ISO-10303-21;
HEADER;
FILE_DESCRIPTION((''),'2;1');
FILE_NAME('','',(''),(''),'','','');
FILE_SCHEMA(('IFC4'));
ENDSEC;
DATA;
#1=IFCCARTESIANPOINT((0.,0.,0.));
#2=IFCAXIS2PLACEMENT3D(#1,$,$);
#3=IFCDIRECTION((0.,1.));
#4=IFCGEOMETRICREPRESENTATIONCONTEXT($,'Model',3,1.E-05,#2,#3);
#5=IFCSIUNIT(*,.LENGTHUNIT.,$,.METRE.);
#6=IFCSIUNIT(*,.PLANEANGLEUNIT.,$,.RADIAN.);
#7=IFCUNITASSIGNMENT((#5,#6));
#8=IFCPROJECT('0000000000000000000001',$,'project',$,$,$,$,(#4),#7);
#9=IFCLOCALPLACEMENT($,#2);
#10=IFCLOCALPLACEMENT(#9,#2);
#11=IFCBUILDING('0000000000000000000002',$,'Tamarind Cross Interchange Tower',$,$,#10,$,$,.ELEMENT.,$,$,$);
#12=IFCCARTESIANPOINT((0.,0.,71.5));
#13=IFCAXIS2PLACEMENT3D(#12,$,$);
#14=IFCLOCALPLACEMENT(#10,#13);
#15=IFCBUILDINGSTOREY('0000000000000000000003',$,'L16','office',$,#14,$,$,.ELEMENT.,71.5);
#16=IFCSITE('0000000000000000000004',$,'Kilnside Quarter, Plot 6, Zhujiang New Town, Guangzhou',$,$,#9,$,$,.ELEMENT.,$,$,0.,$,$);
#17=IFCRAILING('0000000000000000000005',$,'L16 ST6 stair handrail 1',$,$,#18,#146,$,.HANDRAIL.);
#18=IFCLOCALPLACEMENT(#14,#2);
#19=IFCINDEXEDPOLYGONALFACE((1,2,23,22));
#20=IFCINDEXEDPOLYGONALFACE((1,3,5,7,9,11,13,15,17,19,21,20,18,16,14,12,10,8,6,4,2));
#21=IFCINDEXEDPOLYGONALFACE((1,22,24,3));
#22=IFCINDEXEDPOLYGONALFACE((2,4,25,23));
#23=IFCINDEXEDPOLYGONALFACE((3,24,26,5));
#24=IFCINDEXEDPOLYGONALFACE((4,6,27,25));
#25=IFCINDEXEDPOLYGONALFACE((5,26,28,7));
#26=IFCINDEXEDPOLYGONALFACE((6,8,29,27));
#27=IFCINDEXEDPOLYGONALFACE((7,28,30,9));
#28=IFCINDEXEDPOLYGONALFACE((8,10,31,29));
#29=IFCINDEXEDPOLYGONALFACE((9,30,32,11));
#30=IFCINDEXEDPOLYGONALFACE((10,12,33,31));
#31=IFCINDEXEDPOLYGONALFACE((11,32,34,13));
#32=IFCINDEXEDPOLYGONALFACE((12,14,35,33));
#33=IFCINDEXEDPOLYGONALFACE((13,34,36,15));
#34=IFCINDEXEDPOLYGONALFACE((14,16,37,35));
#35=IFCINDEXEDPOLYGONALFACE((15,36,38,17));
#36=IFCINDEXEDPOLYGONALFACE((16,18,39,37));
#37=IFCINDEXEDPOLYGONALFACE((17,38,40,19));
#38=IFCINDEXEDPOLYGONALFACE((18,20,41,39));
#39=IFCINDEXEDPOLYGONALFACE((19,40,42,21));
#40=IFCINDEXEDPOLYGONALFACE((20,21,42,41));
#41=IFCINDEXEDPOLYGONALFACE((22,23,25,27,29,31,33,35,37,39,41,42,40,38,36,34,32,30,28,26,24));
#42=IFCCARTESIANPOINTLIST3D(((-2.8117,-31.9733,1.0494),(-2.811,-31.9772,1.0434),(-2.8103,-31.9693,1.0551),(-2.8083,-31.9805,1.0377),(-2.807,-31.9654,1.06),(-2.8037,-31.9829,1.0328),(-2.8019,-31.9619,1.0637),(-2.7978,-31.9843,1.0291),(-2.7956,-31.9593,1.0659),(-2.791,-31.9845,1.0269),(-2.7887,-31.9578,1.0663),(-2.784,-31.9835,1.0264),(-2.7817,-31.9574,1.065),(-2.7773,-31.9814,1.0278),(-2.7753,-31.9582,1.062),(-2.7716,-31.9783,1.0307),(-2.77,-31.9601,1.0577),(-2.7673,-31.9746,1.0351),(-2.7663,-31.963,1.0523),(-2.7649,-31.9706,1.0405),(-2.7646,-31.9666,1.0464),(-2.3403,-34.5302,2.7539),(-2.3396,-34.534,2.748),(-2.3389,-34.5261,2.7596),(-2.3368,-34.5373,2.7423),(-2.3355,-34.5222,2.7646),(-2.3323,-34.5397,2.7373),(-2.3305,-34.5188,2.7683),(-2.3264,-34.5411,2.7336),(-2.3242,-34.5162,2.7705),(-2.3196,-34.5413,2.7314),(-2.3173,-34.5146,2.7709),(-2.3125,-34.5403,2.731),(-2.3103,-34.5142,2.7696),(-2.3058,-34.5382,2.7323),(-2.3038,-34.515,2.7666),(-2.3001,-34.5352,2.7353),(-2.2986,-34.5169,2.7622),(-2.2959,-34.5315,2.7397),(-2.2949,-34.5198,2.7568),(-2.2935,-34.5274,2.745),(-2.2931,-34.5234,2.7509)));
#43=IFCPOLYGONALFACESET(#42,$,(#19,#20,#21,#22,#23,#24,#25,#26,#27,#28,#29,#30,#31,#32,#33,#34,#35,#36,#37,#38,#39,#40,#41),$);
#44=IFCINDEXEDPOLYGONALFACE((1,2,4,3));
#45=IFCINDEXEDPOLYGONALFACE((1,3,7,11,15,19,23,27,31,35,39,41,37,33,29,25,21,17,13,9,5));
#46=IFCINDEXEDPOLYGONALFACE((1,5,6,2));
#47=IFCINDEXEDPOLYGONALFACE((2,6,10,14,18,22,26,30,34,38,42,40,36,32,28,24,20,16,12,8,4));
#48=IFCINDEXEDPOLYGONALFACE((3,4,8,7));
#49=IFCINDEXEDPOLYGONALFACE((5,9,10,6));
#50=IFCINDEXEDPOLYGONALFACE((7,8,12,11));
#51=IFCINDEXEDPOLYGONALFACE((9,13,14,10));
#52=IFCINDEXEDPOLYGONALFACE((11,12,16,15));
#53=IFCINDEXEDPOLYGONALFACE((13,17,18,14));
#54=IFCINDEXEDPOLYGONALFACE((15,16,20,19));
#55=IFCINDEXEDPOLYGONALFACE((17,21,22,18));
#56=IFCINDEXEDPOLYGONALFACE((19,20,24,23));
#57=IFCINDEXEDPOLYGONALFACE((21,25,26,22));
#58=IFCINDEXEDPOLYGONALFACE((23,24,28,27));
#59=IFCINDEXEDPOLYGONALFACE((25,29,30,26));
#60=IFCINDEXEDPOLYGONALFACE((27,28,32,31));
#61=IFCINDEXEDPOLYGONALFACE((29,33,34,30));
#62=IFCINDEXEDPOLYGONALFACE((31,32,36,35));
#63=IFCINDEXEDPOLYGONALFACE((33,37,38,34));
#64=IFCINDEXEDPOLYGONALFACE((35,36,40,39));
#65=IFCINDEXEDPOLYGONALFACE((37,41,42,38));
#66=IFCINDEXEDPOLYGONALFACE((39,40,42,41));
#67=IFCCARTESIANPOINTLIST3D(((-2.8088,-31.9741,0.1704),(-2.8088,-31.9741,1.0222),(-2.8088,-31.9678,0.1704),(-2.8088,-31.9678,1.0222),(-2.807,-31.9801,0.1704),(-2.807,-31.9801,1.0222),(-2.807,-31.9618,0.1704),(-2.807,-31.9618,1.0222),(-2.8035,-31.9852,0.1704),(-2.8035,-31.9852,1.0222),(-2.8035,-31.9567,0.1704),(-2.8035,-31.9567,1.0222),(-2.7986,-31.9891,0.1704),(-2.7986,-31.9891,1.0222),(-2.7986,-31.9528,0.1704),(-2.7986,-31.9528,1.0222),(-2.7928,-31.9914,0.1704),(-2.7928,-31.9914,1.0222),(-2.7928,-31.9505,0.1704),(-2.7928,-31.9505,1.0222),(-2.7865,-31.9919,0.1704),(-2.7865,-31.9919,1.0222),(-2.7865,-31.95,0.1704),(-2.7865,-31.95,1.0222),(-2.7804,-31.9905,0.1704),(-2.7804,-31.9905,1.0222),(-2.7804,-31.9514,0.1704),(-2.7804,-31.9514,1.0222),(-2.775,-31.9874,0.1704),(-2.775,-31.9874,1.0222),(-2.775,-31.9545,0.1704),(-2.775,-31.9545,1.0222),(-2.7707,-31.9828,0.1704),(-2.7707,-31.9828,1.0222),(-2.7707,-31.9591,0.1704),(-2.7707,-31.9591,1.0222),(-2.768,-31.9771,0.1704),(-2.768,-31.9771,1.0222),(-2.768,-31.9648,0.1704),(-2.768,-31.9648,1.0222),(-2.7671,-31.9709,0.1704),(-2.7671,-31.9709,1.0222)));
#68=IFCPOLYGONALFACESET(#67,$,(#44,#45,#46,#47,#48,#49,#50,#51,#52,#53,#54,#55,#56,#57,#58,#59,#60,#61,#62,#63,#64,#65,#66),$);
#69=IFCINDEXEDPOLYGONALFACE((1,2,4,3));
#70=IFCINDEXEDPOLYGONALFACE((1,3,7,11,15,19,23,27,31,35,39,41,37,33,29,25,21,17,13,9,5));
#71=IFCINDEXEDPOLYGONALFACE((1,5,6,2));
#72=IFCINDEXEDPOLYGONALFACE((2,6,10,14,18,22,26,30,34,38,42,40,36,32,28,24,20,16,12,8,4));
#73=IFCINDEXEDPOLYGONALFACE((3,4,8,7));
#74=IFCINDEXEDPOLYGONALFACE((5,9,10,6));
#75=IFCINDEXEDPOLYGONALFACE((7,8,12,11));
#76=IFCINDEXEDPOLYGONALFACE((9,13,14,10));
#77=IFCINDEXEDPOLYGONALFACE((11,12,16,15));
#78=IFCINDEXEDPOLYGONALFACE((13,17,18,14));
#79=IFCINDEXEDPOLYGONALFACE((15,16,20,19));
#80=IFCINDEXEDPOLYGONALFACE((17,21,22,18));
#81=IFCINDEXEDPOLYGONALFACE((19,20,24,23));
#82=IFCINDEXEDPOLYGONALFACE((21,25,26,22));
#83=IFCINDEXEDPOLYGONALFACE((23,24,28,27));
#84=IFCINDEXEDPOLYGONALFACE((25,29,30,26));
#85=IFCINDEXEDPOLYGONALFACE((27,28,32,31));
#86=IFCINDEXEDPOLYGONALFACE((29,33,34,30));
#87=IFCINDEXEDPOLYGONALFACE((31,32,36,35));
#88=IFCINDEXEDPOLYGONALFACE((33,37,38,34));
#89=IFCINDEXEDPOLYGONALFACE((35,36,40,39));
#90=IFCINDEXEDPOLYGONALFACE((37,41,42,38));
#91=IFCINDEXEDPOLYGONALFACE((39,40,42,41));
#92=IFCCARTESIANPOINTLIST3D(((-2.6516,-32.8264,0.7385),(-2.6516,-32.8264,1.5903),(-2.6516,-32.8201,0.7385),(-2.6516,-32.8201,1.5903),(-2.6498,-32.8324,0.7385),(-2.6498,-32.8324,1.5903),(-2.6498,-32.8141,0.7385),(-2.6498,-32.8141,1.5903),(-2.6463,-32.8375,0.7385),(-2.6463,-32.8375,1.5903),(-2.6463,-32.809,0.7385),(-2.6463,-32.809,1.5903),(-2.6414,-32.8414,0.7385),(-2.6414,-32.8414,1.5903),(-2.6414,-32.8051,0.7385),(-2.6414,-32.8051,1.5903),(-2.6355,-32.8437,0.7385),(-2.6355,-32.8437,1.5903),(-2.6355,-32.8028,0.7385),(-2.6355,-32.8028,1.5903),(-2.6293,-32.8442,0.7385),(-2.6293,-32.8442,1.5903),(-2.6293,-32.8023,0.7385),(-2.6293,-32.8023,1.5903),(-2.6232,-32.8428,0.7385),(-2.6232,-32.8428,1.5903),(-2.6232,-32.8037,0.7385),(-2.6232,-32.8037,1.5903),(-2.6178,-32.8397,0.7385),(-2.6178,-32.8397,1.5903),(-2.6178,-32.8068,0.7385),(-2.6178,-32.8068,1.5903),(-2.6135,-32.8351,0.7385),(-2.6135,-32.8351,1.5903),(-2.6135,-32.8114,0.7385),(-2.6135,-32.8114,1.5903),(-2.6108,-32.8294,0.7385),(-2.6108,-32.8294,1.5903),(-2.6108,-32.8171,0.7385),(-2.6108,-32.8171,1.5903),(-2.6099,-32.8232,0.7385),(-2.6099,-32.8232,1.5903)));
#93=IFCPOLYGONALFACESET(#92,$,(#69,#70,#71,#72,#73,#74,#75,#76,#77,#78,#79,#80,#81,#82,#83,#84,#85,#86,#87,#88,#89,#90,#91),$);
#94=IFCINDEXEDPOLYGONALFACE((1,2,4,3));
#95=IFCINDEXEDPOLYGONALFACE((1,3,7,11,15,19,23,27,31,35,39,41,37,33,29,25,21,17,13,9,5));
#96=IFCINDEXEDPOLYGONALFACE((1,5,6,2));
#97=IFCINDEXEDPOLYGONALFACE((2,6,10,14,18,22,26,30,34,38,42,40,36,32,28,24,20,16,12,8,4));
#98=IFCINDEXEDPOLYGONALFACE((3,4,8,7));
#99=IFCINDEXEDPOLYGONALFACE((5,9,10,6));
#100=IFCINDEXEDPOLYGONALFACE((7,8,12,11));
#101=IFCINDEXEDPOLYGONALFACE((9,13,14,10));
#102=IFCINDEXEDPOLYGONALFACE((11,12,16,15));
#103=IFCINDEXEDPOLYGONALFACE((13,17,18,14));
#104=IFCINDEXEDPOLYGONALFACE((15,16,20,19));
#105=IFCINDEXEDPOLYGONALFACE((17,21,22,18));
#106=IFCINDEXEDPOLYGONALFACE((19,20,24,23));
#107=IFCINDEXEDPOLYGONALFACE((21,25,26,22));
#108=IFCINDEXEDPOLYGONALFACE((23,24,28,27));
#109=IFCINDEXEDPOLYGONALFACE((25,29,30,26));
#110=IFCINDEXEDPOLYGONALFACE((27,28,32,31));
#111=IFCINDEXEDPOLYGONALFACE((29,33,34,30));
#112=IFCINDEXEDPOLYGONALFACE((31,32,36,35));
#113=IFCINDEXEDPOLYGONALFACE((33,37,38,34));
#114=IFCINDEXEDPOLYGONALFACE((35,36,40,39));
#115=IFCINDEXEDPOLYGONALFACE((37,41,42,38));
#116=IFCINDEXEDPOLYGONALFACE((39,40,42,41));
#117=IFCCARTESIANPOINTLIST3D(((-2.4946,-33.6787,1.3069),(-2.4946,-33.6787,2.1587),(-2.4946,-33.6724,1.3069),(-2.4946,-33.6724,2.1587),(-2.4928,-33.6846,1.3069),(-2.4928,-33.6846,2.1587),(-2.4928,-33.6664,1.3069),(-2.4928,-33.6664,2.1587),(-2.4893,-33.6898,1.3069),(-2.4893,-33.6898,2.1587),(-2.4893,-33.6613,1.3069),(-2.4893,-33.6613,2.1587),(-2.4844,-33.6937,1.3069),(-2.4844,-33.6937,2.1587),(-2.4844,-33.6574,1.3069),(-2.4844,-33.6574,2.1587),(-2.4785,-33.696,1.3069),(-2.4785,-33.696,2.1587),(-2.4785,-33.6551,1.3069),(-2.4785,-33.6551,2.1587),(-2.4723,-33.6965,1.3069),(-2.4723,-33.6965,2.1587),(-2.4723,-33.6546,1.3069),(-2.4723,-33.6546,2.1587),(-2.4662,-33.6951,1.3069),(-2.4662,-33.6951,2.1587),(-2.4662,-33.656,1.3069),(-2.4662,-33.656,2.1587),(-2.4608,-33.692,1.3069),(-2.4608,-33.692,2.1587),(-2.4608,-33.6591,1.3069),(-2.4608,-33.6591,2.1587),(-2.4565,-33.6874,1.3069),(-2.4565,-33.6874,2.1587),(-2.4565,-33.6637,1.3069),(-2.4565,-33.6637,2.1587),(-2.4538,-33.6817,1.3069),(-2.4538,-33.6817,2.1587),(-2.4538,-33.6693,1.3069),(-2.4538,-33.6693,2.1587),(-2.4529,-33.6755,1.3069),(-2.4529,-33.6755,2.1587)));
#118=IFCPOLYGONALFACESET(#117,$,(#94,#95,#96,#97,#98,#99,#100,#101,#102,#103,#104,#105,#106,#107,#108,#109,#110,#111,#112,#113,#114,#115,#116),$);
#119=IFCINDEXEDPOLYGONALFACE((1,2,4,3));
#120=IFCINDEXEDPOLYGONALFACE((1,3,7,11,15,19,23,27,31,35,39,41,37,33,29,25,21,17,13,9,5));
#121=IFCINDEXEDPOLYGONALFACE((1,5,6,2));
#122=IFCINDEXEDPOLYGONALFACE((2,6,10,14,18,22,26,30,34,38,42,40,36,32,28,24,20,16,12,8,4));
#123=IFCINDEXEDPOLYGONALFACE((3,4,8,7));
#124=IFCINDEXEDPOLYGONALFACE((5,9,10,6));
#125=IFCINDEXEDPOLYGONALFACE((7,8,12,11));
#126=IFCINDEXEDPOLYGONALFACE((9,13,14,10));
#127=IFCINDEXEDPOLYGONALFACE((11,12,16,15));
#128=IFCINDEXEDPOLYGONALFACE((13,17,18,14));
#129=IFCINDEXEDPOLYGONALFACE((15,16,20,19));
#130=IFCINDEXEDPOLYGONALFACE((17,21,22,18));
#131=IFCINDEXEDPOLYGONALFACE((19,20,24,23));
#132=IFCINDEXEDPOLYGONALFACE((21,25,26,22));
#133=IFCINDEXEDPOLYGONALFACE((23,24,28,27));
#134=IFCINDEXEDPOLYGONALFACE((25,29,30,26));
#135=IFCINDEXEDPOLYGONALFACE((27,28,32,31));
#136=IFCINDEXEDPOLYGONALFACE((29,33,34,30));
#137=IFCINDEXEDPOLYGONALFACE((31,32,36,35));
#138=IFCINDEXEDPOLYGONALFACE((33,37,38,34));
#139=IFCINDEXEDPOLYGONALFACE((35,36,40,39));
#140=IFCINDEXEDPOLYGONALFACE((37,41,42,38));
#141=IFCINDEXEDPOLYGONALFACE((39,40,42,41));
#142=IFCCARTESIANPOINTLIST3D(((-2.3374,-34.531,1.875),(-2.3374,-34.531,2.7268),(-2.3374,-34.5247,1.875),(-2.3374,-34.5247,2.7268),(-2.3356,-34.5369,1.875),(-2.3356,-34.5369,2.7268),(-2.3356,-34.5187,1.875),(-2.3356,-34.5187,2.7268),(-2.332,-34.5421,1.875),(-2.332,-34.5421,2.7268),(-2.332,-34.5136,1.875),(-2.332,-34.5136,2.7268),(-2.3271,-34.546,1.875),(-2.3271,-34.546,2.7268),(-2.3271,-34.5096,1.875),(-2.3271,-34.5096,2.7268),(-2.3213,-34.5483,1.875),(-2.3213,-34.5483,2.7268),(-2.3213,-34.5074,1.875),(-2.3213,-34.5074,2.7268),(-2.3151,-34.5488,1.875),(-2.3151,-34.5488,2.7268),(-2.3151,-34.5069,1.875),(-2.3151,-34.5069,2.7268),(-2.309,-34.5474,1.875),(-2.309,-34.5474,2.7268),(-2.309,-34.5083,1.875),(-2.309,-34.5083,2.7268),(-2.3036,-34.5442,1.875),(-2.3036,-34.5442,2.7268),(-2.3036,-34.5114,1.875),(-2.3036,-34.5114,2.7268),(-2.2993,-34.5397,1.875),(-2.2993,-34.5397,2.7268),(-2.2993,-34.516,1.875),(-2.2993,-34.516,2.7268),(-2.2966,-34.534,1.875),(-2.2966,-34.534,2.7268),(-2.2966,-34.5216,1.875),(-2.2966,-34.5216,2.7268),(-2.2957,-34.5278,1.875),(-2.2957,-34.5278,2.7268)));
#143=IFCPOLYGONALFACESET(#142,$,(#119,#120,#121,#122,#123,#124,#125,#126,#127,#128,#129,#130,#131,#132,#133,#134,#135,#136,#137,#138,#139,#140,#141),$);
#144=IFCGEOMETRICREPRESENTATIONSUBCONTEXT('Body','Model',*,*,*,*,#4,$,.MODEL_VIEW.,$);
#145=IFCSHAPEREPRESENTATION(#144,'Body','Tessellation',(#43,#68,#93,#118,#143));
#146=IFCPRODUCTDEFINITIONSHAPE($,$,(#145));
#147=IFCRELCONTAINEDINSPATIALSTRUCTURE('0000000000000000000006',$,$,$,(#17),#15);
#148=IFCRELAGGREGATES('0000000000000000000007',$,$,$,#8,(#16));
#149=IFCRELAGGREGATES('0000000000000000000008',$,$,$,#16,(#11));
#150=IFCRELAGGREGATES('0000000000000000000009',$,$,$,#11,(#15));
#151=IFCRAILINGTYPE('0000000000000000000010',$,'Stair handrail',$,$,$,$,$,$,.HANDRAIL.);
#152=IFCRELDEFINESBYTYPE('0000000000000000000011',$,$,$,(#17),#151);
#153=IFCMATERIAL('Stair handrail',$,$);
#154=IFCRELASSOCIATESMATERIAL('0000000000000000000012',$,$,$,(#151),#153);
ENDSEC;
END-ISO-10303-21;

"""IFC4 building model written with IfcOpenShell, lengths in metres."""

from ifc_helpers import new_model, si_unit, direction, frame, origin, origin_2d, place, context, subcontext, project, spatial, circle, extrude, material, type_object, element, save


model = new_model("IFC4")

# Units and contexts
model_context = context("Model", 3, precision=1e-05, world=origin(), true_north=direction((0.0, 1.0)))
body_context = subcontext(model_context, "Body", "Model", "MODEL_VIEW")
ifc_project = project(units=[si_unit("LENGTHUNIT", "METRE"), si_unit("PLANEANGLEUNIT", "RADIAN")], contexts=[model_context])

# Site, building, storey
site_placement = place(None, origin())
site = spatial("IfcSite", under=ifc_project, at=site_placement, Name="Kilnside Quarter, Plot 6, Zhujiang New Town, Guangzhou", CompositionType="ELEMENT", RefElevation=0.0)
building_placement = place(site_placement, origin())
building = spatial("IfcBuilding", under=site, at=building_placement, Name="Tamarind Cross Interchange Tower", CompositionType="ELEMENT")
storey_placement = place(building_placement, frame((0.0, 0.0, 71.5)))
storey = spatial("IfcBuildingStorey", under=building, at=storey_placement, Name="L16", Description="office", CompositionType="ELEMENT", Elevation=71.5)

# Railing
ifc_material_1 = material(Name="Stair handrail")
railing_type_1 = type_object("IfcRailingType", Name="Stair handrail", PredefinedType="HANDRAIL", material=ifc_material_1)
railing_1_placement = place(storey_placement, frame((-2.7881, -31.9709, 0.1704)))
element("IfcRailing", 1, at=railing_1_placement, inside=storey, type_object=railing_type_1, Name="L16 ST6 stair handrail 1", PredefinedType="HANDRAIL", context=body_context, shape_type="SweptSolid", body=[
    extrude(circle(Radius=0.0239, at=origin_2d()), frame((0.0, 0.0, 0.876), z_axis=(0.151638, -0.822428, 0.548286), x_axis=(0.983424, 0.181323, 0.0)), (0.0, 0.0, 1.0), 3.1089),
    extrude(circle(Radius=0.021, at=origin_2d()), origin(), (0.0, 0.0, 1.0), 0.8518),
    extrude(circle(Radius=0.021, at=origin_2d()), frame((0.1572, -0.8523, 0.5681)), (0.0, 0.0, 1.0), 0.8518),
    extrude(circle(Radius=0.021, at=origin_2d()), frame((0.3142, -1.7046, 1.1365)), (0.0, 0.0, 1.0), 0.8518),
    extrude(circle(Radius=0.021, at=origin_2d()), frame((0.4714, -2.5569, 1.7046)), (0.0, 0.0, 1.0), 0.8518),
])

save(model, "model.ifc")
